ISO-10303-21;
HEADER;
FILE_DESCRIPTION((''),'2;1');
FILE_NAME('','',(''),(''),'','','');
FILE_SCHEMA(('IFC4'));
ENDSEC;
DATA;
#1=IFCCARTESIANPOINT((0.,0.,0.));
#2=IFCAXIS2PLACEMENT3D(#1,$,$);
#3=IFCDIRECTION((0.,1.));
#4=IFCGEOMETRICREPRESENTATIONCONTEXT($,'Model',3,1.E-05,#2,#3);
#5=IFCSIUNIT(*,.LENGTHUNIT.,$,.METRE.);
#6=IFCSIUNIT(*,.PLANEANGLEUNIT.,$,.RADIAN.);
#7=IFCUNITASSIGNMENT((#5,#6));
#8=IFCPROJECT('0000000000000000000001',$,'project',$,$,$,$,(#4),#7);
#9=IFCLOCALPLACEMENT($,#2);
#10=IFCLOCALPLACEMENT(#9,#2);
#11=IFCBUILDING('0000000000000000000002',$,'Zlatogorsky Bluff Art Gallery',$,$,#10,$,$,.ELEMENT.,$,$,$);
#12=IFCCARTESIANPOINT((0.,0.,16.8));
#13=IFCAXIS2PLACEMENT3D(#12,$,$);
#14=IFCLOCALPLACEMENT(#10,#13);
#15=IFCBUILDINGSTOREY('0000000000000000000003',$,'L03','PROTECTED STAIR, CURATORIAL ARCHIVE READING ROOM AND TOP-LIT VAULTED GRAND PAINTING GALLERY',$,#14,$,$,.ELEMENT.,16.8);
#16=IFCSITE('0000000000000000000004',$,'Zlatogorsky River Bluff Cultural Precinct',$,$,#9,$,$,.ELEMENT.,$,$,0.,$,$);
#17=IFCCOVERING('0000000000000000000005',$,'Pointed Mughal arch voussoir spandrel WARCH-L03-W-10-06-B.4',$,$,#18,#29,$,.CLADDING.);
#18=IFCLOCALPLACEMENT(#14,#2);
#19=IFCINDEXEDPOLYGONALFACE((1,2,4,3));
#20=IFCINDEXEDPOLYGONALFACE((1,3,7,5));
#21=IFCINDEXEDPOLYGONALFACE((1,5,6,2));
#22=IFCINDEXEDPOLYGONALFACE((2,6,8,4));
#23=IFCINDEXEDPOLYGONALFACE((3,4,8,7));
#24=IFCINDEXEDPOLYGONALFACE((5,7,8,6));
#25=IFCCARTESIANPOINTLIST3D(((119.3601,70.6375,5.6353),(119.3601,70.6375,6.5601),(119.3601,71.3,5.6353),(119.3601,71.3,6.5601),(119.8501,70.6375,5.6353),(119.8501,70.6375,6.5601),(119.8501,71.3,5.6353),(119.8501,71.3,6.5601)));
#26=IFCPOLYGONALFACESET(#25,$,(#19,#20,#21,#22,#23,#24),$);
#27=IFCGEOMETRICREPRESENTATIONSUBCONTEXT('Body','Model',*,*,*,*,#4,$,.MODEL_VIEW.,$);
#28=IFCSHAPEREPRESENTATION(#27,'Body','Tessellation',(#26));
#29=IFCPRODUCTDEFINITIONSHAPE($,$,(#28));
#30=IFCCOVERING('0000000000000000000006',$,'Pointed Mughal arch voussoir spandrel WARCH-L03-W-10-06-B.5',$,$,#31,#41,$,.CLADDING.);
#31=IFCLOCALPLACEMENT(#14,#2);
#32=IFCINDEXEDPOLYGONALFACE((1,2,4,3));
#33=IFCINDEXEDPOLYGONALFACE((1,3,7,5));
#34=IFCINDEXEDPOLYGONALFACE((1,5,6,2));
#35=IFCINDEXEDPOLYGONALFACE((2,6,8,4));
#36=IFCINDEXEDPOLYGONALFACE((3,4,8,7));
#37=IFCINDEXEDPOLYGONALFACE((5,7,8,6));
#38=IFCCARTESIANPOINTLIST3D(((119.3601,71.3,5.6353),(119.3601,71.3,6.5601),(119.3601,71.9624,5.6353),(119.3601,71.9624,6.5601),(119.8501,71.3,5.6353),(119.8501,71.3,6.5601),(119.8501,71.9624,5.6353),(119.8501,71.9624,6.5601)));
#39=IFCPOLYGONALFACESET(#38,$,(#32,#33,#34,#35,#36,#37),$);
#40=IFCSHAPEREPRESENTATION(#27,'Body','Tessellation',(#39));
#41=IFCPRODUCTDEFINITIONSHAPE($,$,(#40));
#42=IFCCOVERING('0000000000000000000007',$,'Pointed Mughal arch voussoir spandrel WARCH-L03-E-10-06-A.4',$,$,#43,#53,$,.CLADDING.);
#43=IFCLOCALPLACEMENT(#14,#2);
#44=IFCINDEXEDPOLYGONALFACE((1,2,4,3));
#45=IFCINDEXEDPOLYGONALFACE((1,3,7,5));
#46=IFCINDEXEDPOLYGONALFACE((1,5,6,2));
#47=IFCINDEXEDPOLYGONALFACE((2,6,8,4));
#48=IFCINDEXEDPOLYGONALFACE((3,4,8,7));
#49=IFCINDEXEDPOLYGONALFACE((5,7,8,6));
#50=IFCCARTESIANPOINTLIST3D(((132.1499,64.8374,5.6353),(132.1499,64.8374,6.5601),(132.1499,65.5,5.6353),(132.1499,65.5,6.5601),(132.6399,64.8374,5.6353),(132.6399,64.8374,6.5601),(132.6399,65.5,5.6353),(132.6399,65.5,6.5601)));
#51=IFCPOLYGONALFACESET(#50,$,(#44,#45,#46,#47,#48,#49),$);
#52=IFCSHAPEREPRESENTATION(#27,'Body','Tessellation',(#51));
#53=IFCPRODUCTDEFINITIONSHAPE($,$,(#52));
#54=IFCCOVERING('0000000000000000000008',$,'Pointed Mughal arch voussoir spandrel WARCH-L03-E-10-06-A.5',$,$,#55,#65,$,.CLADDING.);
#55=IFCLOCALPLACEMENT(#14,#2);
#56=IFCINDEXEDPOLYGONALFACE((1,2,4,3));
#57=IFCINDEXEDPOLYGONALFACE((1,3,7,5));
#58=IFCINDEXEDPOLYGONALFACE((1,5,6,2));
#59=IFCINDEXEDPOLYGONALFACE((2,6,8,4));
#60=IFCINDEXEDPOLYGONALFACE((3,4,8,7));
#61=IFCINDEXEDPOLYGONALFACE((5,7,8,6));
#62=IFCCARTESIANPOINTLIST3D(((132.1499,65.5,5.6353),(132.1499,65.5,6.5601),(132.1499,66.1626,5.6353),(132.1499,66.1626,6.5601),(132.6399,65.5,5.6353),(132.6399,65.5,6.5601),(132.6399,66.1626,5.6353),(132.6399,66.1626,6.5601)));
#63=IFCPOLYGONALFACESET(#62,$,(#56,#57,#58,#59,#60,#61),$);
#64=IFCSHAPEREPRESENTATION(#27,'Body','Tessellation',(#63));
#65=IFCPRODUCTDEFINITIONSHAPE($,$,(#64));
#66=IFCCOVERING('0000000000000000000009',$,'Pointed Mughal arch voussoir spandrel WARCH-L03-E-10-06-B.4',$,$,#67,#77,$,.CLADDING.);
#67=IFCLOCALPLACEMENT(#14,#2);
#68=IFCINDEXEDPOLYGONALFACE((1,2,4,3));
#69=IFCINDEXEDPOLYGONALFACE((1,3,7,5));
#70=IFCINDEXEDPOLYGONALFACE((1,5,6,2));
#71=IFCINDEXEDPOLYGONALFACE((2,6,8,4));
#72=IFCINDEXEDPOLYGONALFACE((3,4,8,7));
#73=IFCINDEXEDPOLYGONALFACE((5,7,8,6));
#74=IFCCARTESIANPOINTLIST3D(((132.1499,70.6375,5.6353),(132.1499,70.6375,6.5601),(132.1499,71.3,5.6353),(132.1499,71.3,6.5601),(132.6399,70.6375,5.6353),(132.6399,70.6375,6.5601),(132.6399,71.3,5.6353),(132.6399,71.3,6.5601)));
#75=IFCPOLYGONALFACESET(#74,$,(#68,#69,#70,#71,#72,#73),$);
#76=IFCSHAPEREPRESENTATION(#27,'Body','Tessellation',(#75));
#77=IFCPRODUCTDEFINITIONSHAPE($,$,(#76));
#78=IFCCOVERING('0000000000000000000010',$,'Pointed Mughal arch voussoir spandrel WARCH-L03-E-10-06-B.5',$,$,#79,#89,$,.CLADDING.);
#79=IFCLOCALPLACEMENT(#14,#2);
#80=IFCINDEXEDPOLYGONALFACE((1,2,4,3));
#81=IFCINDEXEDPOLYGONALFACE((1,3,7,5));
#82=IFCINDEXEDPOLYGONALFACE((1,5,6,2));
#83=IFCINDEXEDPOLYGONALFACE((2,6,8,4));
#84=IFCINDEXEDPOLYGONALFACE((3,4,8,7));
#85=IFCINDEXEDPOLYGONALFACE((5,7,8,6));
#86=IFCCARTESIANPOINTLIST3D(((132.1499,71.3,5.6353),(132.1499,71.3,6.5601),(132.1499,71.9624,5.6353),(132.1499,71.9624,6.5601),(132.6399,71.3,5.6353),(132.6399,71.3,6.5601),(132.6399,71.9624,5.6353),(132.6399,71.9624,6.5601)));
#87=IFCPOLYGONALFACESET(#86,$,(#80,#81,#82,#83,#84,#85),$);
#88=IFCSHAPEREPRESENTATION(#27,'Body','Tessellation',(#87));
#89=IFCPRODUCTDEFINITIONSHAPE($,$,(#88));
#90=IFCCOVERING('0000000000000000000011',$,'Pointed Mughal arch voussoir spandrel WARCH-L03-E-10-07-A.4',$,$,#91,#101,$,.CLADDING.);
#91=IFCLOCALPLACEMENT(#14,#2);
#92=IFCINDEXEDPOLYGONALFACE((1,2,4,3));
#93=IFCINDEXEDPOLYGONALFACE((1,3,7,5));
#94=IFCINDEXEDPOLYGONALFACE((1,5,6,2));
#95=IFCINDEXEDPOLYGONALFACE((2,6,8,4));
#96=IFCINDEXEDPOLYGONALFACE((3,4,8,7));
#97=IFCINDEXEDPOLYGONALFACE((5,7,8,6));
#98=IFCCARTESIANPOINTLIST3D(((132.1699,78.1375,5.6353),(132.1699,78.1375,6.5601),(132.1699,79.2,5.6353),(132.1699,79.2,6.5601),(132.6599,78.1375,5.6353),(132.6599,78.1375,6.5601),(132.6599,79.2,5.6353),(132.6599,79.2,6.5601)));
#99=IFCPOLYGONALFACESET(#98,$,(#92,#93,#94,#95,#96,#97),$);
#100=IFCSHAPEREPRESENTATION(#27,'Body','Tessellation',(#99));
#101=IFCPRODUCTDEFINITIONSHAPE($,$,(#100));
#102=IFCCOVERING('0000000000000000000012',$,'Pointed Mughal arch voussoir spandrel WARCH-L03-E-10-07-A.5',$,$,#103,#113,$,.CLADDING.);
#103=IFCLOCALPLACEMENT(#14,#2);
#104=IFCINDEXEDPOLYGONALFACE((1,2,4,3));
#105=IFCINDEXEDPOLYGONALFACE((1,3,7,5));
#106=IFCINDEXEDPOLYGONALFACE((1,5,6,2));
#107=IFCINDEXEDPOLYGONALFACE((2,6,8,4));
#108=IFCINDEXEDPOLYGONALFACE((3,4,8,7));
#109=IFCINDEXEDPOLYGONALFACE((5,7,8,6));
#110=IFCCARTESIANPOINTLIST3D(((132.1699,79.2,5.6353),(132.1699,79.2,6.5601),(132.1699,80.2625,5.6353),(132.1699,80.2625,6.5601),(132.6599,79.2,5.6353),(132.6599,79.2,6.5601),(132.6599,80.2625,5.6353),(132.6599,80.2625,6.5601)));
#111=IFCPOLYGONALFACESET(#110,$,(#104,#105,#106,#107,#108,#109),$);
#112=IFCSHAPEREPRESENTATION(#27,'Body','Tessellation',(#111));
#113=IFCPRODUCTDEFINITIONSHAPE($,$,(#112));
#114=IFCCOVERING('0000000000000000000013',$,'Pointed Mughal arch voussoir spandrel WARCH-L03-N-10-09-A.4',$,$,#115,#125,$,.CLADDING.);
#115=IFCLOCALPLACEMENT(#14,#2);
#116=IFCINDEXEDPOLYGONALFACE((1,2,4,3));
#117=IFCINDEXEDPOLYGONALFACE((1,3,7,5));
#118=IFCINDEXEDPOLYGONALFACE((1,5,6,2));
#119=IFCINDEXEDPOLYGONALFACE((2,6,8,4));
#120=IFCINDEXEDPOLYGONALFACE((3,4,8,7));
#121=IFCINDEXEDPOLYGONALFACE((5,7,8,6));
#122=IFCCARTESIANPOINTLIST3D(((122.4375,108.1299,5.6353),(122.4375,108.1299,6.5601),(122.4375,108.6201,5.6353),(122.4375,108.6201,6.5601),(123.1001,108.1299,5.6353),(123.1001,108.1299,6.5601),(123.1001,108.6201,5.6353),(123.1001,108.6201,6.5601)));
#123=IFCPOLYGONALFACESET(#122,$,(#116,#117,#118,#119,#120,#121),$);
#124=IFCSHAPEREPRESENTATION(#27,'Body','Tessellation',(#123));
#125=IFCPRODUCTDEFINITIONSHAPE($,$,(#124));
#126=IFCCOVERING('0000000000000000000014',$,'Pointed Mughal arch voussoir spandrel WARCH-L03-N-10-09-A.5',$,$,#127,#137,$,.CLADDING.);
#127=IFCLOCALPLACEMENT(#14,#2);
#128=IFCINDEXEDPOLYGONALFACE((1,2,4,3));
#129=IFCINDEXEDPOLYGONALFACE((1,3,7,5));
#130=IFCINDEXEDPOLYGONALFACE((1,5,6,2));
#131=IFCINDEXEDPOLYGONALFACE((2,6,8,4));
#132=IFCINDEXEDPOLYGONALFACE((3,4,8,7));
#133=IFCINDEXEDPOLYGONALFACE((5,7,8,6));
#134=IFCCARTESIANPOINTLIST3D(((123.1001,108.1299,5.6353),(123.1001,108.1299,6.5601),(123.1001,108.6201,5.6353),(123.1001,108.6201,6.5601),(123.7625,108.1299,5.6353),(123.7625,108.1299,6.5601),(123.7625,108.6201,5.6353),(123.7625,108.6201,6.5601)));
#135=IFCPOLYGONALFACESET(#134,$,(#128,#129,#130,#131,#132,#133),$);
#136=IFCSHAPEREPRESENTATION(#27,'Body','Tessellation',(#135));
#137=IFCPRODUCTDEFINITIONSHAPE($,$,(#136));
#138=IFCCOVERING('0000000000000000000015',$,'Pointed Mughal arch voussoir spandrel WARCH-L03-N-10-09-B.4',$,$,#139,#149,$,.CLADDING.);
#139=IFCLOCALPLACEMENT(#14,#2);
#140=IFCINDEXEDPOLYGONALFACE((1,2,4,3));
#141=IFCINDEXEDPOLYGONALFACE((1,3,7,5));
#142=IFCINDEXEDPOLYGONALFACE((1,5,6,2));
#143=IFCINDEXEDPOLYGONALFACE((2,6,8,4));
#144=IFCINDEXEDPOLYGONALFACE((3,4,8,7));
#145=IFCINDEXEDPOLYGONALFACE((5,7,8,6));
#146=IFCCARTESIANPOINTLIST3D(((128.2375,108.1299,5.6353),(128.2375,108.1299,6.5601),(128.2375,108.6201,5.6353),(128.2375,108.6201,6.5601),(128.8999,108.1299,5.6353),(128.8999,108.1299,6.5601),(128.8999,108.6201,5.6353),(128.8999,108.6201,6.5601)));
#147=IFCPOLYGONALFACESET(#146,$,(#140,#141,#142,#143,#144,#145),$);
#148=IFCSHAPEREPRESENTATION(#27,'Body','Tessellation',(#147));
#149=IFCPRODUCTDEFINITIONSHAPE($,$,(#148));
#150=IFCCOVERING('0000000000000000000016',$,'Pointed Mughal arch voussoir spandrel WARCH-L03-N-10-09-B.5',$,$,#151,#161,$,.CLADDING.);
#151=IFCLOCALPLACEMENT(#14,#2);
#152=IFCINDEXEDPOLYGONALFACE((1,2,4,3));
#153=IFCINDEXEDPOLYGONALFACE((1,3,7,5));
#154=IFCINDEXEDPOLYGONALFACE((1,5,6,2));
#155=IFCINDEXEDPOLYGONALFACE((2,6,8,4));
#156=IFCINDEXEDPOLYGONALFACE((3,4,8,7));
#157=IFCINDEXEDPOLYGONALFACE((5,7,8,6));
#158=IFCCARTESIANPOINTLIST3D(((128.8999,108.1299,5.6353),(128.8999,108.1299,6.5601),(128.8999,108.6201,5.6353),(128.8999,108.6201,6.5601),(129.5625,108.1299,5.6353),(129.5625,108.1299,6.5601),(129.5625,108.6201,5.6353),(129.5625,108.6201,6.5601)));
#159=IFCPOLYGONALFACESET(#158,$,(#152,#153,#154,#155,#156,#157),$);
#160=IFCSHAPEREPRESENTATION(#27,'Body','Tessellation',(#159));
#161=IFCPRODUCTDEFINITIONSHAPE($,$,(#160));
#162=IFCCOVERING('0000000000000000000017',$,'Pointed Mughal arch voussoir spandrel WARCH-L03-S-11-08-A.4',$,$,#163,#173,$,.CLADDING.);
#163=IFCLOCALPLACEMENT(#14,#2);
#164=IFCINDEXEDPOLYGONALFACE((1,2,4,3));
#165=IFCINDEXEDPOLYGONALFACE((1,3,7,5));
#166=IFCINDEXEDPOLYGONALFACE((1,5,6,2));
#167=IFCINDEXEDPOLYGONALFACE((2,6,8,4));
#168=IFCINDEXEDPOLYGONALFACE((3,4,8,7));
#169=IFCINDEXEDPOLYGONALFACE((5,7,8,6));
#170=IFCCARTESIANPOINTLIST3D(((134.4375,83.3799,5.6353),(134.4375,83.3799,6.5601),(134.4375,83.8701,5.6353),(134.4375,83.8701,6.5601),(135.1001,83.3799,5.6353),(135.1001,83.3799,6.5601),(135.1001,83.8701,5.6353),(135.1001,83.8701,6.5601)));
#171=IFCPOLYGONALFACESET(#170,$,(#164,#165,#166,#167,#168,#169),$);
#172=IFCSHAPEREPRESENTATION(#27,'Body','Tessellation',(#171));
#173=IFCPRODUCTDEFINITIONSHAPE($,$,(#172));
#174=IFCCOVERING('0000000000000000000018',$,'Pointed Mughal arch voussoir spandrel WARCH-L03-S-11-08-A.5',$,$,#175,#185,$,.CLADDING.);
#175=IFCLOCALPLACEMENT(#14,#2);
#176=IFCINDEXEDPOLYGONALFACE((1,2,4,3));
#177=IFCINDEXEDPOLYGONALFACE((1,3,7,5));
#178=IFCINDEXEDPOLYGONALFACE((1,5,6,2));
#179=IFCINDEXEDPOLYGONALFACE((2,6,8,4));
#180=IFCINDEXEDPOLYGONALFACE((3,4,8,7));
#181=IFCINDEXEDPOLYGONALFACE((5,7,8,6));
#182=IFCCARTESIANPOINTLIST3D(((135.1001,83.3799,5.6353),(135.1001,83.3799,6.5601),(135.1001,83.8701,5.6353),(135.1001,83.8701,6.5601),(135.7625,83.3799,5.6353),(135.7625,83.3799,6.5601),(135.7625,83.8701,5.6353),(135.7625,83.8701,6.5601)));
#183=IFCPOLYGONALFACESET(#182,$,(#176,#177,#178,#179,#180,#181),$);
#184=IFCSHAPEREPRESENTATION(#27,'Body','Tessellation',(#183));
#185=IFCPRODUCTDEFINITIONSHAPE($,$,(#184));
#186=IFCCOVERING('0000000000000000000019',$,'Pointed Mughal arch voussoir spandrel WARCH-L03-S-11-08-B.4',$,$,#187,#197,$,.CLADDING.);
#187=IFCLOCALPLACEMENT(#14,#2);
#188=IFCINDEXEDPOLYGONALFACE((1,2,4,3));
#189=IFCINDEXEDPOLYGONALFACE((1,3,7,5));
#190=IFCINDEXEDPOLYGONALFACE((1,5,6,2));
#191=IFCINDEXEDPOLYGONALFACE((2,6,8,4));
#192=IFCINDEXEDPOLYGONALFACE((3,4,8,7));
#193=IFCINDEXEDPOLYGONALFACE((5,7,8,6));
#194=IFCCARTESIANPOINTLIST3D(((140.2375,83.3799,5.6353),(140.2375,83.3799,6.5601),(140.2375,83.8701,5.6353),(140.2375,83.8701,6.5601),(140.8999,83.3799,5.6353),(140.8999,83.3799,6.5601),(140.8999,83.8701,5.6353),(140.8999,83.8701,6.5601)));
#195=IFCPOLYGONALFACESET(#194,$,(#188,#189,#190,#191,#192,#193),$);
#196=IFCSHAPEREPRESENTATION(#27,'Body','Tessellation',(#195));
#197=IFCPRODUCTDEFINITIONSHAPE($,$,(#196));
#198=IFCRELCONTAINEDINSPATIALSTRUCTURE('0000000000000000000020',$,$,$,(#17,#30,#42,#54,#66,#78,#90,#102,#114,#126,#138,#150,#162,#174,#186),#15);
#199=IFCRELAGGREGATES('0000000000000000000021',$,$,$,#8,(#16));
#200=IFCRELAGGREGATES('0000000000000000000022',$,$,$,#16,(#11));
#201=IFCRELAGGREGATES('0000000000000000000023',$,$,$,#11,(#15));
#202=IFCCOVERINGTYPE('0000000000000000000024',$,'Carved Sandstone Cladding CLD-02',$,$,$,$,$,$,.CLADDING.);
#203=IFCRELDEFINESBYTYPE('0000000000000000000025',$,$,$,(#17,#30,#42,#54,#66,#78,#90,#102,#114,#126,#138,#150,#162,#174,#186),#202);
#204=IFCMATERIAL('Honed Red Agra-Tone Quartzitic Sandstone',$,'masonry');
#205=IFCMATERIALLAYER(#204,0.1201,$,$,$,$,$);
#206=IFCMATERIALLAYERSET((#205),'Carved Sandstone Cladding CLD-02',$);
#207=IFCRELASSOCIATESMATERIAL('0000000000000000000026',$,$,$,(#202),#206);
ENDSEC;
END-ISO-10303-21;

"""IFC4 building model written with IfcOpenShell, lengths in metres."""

from ifc_helpers import new_model, si_unit, direction, frame, origin, place, context, subcontext, project, spatial, polyline, outline, extrude, material, layer, layer_set, type_object, element, save


model = new_model("IFC4")

# Units and contexts
model_context = context("Model", 3, precision=1e-05, world=origin(), true_north=direction((0.0, 1.0)))
body_context = subcontext(model_context, "Body", "Model", "MODEL_VIEW")
ifc_project = project(units=[si_unit("LENGTHUNIT", "METRE"), si_unit("PLANEANGLEUNIT", "RADIAN")], contexts=[model_context])

# Site, building, storey
site_placement = place(None, origin())
site = spatial("IfcSite", under=ifc_project, at=site_placement, Name="Zlatogorsky River Bluff Cultural Precinct", CompositionType="ELEMENT", RefElevation=0.0)
building_placement = place(site_placement, origin())
building = spatial("IfcBuilding", under=site, at=building_placement, Name="Zlatogorsky Bluff Art Gallery", CompositionType="ELEMENT")
storey_placement = place(building_placement, frame((0.0, 0.0, 16.8)))
storey = spatial("IfcBuildingStorey", under=building, at=storey_placement, Name="L03", Description="PROTECTED STAIR, CURATORIAL ARCHIVE READING ROOM AND TOP-LIT VAULTED GRAND PAINTING GALLERY", CompositionType="ELEMENT", Elevation=16.8)

# Coverings
ifc_material = material(Name="Honed Red Agra-Tone Quartzitic Sandstone", Category="masonry")
ifc_layer = layer(ifc_material, 0.1201)
ifc_layer_set = layer_set([ifc_layer], Name="Carved Sandstone Cladding CLD-02")
covering_type = type_object("IfcCoveringType", Name="Carved Sandstone Cladding CLD-02", PredefinedType="CLADDING", material=ifc_layer_set)
covering_1_placement = place(storey_placement, frame((0.0, 0.0, 5.6353)))
element("IfcCovering", 1, at=covering_1_placement, inside=storey, type_object=covering_type, Name="Pointed Mughal arch voussoir spandrel WARCH-L03-W-10-06-B.4", PredefinedType="CLADDING", context=body_context, shape_type="SweptSolid", body=[
    extrude(outline(polyline([(119.3601, 70.6375), (119.3601, 71.3), (119.8501, 71.3), (119.8501, 70.6375), (119.3601, 70.6375)])), origin(), (0.0, 0.0, 1.0), 0.9248),
])
covering_2_placement = place(storey_placement, frame((0.0, 0.0, 5.6353)))
element("IfcCovering", 2, at=covering_2_placement, inside=storey, type_object=covering_type, Name="Pointed Mughal arch voussoir spandrel WARCH-L03-W-10-06-B.5", PredefinedType="CLADDING", context=body_context, shape_type="SweptSolid", body=[
    extrude(outline(polyline([(119.3601, 71.3), (119.3601, 71.9624), (119.8501, 71.9624), (119.8501, 71.3), (119.3601, 71.3)])), origin(), (0.0, 0.0, 1.0), 0.9248),
])
covering_3_placement = place(storey_placement, frame((0.0, 0.0, 5.6353)))
element("IfcCovering", 3, at=covering_3_placement, inside=storey, type_object=covering_type, Name="Pointed Mughal arch voussoir spandrel WARCH-L03-E-10-06-A.4", PredefinedType="CLADDING", context=body_context, shape_type="SweptSolid", body=[
    extrude(outline(polyline([(132.1499, 64.8374), (132.1499, 65.5), (132.6399, 65.5), (132.6399, 64.8374), (132.1499, 64.8374)])), origin(), (0.0, 0.0, 1.0), 0.9248),
])
covering_4_placement = place(storey_placement, frame((0.0, 0.0, 5.6353)))
element("IfcCovering", 4, at=covering_4_placement, inside=storey, type_object=covering_type, Name="Pointed Mughal arch voussoir spandrel WARCH-L03-E-10-06-A.5", PredefinedType="CLADDING", context=body_context, shape_type="SweptSolid", body=[
    extrude(outline(polyline([(132.1499, 65.5), (132.1499, 66.1626), (132.6399, 66.1626), (132.6399, 65.5), (132.1499, 65.5)])), origin(), (0.0, 0.0, 1.0), 0.9248),
])
covering_5_placement = place(storey_placement, frame((0.0, 0.0, 5.6353)))
element("IfcCovering", 5, at=covering_5_placement, inside=storey, type_object=covering_type, Name="Pointed Mughal arch voussoir spandrel WARCH-L03-E-10-06-B.4", PredefinedType="CLADDING", context=body_context, shape_type="SweptSolid", body=[
    extrude(outline(polyline([(132.1499, 70.6375), (132.1499, 71.3), (132.6399, 71.3), (132.6399, 70.6375), (132.1499, 70.6375)])), origin(), (0.0, 0.0, 1.0), 0.9248),
])
covering_6_placement = place(storey_placement, frame((0.0, 0.0, 5.6353)))
element("IfcCovering", 6, at=covering_6_placement, inside=storey, type_object=covering_type, Name="Pointed Mughal arch voussoir spandrel WARCH-L03-E-10-06-B.5", PredefinedType="CLADDING", context=body_context, shape_type="SweptSolid", body=[
    extrude(outline(polyline([(132.1499, 71.3), (132.1499, 71.9624), (132.6399, 71.9624), (132.6399, 71.3), (132.1499, 71.3)])), origin(), (0.0, 0.0, 1.0), 0.9248),
])
covering_7_placement = place(storey_placement, frame((0.0, 0.0, 5.6353)))
element("IfcCovering", 7, at=covering_7_placement, inside=storey, type_object=covering_type, Name="Pointed Mughal arch voussoir spandrel WARCH-L03-E-10-07-A.4", PredefinedType="CLADDING", context=body_context, shape_type="SweptSolid", body=[
    extrude(outline(polyline([(132.1699, 78.1375), (132.1699, 79.2), (132.6599, 79.2), (132.6599, 78.1375), (132.1699, 78.1375)])), origin(), (0.0, 0.0, 1.0), 0.9248),
])
covering_8_placement = place(storey_placement, frame((0.0, 0.0, 5.6353)))
element("IfcCovering", 8, at=covering_8_placement, inside=storey, type_object=covering_type, Name="Pointed Mughal arch voussoir spandrel WARCH-L03-E-10-07-A.5", PredefinedType="CLADDING", context=body_context, shape_type="SweptSolid", body=[
    extrude(outline(polyline([(132.1699, 79.2), (132.1699, 80.2625), (132.6599, 80.2625), (132.6599, 79.2), (132.1699, 79.2)])), origin(), (0.0, 0.0, 1.0), 0.9248),
])
covering_9_placement = place(storey_placement, frame((0.0, 0.0, 5.6353)))
element("IfcCovering", 9, at=covering_9_placement, inside=storey, type_object=covering_type, Name="Pointed Mughal arch voussoir spandrel WARCH-L03-N-10-09-A.4", PredefinedType="CLADDING", context=body_context, shape_type="SweptSolid", body=[
    extrude(outline(polyline([(122.4375, 108.1299), (123.1001, 108.1299), (123.1001, 108.6201), (122.4375, 108.6201), (122.4375, 108.1299)])), origin(), (0.0, 0.0, 1.0), 0.9248),
])
covering_10_placement = place(storey_placement, frame((0.0, 0.0, 5.6353)))
element("IfcCovering", 10, at=covering_10_placement, inside=storey, type_object=covering_type, Name="Pointed Mughal arch voussoir spandrel WARCH-L03-N-10-09-A.5", PredefinedType="CLADDING", context=body_context, shape_type="SweptSolid", body=[
    extrude(outline(polyline([(123.1001, 108.1299), (123.7625, 108.1299), (123.7625, 108.6201), (123.1001, 108.6201), (123.1001, 108.1299)])), origin(), (0.0, 0.0, 1.0), 0.9248),
])
covering_11_placement = place(storey_placement, frame((0.0, 0.0, 5.6353)))
element("IfcCovering", 11, at=covering_11_placement, inside=storey, type_object=covering_type, Name="Pointed Mughal arch voussoir spandrel WARCH-L03-N-10-09-B.4", PredefinedType="CLADDING", context=body_context, shape_type="SweptSolid", body=[
    extrude(outline(polyline([(128.2375, 108.1299), (128.8999, 108.1299), (128.8999, 108.6201), (128.2375, 108.6201), (128.2375, 108.1299)])), origin(), (0.0, 0.0, 1.0), 0.9248),
])
covering_12_placement = place(storey_placement, frame((0.0, 0.0, 5.6353)))
element("IfcCovering", 12, at=covering_12_placement, inside=storey, type_object=covering_type, Name="Pointed Mughal arch voussoir spandrel WARCH-L03-N-10-09-B.5", PredefinedType="CLADDING", context=body_context, shape_type="SweptSolid", body=[
    extrude(outline(polyline([(128.8999, 108.1299), (129.5625, 108.1299), (129.5625, 108.6201), (128.8999, 108.6201), (128.8999, 108.1299)])), origin(), (0.0, 0.0, 1.0), 0.9248),
])
covering_13_placement = place(storey_placement, frame((0.0, 0.0, 5.6353)))
element("IfcCovering", 13, at=covering_13_placement, inside=storey, type_object=covering_type, Name="Pointed Mughal arch voussoir spandrel WARCH-L03-S-11-08-A.4", PredefinedType="CLADDING", context=body_context, shape_type="SweptSolid", body=[
    extrude(outline(polyline([(134.4375, 83.3799), (135.1001, 83.3799), (135.1001, 83.8701), (134.4375, 83.8701), (134.4375, 83.3799)])), origin(), (0.0, 0.0, 1.0), 0.9248),
])
covering_14_placement = place(storey_placement, frame((0.0, 0.0, 5.6353)))
element("IfcCovering", 14, at=covering_14_placement, inside=storey, type_object=covering_type, Name="Pointed Mughal arch voussoir spandrel WARCH-L03-S-11-08-A.5", PredefinedType="CLADDING", context=body_context, shape_type="SweptSolid", body=[
    extrude(outline(polyline([(135.1001, 83.3799), (135.7625, 83.3799), (135.7625, 83.8701), (135.1001, 83.8701), (135.1001, 83.3799)])), origin(), (0.0, 0.0, 1.0), 0.9248),
])
covering_15_placement = place(storey_placement, frame((0.0, 0.0, 5.6353)))
element("IfcCovering", 15, at=covering_15_placement, inside=storey, type_object=covering_type, Name="Pointed Mughal arch voussoir spandrel WARCH-L03-S-11-08-B.4", PredefinedType="CLADDING", context=body_context, shape_type="SweptSolid", body=[
    extrude(outline(polyline([(140.2375, 83.3799), (140.8999, 83.3799), (140.8999, 83.8701), (140.2375, 83.8701), (140.2375, 83.3799)])), origin(), (0.0, 0.0, 1.0), 0.9248),
])

save(model, "model.ifc")
